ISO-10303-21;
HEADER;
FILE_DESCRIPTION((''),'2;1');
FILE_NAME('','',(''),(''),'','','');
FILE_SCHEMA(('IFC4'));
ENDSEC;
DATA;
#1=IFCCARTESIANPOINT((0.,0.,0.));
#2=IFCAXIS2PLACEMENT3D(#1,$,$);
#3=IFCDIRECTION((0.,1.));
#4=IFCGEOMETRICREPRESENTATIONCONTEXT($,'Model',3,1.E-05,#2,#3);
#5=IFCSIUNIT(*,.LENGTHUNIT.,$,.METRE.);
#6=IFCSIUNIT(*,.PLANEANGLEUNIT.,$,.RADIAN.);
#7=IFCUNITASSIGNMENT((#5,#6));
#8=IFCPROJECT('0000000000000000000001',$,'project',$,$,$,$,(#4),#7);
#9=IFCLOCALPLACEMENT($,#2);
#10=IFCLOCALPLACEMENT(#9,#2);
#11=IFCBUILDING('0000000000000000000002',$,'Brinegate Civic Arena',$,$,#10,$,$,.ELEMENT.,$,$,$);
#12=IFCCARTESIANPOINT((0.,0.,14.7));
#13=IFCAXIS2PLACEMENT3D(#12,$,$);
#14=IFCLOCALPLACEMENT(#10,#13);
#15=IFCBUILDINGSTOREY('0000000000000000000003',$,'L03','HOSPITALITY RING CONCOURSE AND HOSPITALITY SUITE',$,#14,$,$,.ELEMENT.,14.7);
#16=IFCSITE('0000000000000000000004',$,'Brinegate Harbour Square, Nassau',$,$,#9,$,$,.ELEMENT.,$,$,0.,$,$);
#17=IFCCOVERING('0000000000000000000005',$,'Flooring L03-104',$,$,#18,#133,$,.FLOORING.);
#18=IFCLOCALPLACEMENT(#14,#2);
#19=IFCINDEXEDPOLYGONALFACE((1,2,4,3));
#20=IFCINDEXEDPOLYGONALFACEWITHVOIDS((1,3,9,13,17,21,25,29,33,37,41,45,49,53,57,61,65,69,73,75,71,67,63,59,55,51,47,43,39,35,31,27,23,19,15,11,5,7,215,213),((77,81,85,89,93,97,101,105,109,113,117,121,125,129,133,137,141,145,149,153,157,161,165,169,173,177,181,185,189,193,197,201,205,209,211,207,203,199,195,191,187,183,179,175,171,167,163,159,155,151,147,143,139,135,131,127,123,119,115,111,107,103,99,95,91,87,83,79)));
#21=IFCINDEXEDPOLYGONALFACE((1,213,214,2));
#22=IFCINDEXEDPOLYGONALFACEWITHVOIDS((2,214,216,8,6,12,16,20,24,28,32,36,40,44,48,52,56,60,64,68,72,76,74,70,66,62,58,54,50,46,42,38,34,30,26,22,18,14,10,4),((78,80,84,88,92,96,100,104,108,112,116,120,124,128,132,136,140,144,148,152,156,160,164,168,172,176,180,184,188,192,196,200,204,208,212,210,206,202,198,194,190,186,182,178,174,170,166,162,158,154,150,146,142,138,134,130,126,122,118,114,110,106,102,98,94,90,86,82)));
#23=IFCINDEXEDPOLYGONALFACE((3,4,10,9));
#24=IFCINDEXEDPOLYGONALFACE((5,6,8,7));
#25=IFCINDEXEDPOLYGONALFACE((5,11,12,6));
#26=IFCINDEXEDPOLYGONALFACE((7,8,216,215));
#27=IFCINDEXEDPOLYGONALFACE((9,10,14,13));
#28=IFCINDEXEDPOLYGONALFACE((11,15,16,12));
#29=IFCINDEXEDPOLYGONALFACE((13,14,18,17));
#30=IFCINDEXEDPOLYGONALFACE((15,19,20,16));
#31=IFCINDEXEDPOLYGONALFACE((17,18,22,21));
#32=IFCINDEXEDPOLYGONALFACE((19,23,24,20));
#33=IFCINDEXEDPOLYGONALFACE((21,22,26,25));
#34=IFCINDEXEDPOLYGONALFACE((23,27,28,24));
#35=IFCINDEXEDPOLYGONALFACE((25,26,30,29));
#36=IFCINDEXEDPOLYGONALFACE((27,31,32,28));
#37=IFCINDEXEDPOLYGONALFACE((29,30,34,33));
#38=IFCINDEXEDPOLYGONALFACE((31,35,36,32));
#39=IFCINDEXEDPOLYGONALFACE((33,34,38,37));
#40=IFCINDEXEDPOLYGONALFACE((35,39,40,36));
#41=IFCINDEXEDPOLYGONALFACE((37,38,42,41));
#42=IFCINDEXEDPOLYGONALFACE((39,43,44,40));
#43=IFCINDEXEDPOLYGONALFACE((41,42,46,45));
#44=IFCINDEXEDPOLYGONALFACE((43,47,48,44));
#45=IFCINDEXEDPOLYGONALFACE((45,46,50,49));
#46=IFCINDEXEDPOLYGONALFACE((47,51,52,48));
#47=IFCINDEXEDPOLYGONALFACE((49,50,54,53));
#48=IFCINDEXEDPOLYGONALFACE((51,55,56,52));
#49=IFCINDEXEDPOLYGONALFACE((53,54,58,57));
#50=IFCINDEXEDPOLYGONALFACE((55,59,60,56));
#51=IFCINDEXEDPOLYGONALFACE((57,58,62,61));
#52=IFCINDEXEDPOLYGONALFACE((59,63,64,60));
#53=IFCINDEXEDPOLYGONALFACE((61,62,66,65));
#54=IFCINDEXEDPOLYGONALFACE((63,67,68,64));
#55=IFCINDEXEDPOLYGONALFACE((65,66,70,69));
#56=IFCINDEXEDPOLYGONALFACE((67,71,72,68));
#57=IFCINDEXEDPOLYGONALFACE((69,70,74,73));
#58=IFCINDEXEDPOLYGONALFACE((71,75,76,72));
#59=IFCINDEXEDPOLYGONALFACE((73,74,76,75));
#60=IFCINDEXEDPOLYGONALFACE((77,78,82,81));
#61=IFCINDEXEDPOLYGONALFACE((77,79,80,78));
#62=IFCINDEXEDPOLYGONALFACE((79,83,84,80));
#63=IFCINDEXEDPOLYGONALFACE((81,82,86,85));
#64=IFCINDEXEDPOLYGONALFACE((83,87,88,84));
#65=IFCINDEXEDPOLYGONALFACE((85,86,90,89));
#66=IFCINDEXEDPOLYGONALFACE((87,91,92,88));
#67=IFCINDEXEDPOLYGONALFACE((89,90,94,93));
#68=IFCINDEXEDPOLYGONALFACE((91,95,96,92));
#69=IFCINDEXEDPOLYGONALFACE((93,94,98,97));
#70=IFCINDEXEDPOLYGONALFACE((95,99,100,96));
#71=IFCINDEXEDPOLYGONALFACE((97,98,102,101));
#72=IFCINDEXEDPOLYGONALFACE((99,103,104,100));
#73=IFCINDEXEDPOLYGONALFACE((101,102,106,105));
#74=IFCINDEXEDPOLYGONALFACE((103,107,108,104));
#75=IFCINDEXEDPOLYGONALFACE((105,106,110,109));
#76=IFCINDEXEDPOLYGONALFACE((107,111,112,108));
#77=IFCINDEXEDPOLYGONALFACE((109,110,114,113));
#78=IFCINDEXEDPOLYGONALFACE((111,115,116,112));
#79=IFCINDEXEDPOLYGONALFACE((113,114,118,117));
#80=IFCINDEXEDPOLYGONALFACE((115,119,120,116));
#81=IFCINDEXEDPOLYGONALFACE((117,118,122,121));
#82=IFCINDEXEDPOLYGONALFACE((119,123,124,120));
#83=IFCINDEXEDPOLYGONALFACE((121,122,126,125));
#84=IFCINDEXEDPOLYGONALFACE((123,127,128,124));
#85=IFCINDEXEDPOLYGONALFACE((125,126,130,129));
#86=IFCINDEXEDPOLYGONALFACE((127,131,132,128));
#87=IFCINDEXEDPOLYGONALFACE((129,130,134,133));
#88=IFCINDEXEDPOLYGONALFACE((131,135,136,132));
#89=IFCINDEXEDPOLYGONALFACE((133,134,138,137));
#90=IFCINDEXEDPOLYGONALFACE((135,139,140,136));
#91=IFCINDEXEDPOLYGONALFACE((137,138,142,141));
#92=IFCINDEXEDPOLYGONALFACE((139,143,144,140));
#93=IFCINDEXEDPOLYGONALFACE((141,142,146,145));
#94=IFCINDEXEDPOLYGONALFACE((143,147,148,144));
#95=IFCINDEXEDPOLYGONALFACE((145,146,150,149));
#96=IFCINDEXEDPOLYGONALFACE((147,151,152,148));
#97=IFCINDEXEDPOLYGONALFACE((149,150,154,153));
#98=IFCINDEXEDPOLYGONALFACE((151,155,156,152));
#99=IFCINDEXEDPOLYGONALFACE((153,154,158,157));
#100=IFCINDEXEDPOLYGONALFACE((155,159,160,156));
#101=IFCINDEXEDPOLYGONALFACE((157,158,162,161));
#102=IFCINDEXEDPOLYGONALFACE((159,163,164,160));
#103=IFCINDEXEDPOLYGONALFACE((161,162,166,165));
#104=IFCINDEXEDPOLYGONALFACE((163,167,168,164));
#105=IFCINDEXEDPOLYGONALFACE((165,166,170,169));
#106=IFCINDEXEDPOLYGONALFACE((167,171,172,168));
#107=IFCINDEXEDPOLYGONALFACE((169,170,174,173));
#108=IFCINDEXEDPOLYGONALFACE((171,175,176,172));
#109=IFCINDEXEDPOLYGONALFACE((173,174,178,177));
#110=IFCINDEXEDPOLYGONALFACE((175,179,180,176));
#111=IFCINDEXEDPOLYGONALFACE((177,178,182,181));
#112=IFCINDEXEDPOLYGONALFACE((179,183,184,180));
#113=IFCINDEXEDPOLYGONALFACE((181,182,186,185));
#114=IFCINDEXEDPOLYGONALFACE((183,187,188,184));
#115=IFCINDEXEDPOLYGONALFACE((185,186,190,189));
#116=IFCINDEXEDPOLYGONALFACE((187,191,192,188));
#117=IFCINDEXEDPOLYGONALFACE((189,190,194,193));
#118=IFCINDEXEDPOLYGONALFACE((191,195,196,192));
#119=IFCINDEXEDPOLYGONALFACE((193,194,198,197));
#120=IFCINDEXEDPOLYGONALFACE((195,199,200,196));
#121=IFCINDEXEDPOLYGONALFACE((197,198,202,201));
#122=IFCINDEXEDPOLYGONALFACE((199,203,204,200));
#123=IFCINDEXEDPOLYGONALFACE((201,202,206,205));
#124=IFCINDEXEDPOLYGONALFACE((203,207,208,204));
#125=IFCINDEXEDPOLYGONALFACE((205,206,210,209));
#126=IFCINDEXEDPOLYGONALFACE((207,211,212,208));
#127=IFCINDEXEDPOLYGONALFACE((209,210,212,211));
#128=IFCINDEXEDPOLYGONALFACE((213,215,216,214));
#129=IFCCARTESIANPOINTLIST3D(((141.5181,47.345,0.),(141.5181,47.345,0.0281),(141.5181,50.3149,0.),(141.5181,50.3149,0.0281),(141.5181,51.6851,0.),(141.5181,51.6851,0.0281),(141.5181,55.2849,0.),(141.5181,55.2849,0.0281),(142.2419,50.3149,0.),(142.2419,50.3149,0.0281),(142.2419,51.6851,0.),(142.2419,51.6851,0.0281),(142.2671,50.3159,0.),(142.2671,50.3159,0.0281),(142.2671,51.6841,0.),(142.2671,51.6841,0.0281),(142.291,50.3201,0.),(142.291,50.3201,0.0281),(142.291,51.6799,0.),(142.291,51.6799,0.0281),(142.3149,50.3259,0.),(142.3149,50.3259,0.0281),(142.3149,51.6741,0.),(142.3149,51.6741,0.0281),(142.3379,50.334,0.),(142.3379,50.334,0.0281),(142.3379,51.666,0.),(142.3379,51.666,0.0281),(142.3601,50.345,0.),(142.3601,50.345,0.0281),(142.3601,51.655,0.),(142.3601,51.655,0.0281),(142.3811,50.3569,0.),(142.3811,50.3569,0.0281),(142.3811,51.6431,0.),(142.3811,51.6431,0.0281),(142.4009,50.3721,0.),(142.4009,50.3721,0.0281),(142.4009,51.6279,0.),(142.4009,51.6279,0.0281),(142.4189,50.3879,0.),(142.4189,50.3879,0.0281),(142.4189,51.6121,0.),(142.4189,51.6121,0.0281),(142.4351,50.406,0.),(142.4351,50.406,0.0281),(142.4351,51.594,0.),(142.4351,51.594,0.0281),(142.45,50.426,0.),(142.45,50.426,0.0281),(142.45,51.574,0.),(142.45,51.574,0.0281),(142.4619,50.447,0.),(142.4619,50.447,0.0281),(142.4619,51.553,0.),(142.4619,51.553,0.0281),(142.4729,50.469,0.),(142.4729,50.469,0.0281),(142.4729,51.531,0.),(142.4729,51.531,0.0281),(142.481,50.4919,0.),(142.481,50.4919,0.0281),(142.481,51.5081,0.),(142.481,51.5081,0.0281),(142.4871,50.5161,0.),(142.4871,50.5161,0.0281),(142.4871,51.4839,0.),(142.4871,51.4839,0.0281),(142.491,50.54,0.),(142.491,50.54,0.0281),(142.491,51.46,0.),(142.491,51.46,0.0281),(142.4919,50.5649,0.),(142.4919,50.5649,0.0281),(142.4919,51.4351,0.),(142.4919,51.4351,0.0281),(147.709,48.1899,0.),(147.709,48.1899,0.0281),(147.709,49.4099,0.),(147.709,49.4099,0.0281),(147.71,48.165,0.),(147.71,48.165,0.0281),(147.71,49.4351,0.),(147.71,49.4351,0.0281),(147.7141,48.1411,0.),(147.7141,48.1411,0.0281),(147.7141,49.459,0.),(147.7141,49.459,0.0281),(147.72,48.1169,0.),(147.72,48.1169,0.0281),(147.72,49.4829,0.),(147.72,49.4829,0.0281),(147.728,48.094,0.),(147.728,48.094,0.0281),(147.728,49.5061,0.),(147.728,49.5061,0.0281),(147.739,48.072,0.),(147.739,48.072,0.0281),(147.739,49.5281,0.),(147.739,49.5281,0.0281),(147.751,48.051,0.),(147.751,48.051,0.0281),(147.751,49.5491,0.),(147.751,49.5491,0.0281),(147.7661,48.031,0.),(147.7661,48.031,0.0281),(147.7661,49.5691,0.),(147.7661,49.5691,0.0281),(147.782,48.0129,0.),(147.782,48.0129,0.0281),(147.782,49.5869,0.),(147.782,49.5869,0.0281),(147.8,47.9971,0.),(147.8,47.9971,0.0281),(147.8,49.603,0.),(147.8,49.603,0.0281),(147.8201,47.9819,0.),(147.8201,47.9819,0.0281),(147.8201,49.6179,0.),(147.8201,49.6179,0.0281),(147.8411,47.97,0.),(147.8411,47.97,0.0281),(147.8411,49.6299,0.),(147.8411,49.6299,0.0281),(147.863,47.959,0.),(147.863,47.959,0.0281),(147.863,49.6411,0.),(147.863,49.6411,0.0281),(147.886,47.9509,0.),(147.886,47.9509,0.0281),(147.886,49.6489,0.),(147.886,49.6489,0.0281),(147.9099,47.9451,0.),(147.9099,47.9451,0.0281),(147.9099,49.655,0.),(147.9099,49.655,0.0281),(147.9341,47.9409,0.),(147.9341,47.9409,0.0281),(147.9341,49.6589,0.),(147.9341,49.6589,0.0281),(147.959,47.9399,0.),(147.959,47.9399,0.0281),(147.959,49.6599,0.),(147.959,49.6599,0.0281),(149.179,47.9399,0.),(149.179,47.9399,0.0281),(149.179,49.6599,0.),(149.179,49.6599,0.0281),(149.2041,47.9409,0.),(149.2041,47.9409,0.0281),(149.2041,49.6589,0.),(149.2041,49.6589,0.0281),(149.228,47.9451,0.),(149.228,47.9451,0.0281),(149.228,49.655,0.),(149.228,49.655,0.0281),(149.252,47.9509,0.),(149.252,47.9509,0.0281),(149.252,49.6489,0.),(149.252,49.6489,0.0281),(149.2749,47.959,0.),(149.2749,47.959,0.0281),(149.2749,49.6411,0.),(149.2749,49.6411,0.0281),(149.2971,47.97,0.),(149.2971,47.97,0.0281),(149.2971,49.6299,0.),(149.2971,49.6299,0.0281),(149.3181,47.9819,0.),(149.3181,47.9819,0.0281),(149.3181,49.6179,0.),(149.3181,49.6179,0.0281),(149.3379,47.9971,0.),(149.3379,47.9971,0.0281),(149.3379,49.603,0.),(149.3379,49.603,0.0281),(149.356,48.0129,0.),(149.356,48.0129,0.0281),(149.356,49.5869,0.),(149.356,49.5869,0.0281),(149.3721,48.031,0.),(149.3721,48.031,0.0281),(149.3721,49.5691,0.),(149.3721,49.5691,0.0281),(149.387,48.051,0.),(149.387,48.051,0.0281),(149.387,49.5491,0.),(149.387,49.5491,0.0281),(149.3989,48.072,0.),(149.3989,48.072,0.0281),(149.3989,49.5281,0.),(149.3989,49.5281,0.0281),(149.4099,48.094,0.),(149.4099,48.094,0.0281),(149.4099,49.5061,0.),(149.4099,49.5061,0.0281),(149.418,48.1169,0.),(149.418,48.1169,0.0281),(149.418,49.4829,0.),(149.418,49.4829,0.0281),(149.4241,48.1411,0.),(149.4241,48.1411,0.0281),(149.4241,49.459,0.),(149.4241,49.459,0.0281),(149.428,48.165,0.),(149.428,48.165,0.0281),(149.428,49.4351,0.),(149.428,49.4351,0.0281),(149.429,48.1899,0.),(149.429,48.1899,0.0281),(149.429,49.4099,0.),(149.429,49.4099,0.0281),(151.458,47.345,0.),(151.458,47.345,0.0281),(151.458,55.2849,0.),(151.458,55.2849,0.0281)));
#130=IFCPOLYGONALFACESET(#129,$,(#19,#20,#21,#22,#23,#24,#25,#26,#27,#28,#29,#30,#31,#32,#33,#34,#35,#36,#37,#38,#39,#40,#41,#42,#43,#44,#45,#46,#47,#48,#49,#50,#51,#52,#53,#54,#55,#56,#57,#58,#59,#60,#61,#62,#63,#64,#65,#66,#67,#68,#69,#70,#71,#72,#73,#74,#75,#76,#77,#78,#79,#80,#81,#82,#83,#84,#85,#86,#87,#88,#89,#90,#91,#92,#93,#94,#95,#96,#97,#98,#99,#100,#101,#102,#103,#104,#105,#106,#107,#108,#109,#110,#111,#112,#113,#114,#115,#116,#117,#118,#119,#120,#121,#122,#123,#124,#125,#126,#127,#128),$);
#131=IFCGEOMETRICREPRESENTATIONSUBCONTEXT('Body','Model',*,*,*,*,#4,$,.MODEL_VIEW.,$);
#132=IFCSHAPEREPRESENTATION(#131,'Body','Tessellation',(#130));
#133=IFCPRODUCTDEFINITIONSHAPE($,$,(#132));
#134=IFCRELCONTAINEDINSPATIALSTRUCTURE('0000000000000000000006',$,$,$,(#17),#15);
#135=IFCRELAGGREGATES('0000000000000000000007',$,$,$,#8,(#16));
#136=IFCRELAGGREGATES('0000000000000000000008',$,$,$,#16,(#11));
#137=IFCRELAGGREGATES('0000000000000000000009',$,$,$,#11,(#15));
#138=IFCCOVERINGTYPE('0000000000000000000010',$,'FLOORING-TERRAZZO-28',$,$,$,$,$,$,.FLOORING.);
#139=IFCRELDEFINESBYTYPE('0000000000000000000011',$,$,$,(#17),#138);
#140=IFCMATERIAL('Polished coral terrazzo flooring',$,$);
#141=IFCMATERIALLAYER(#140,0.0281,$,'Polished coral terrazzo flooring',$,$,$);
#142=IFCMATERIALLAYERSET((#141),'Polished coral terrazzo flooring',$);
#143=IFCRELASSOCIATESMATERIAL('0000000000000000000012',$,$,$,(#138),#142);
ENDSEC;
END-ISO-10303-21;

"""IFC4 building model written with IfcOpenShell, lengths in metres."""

from ifc_helpers import new_model, si_unit, direction, frame, origin, place, context, subcontext, project, spatial, polyline, outline, extrude, material, layer, layer_set, type_object, element, save


model = new_model("IFC4")

# Units and contexts
model_context = context("Model", 3, precision=1e-05, world=origin(), true_north=direction((0.0, 1.0)))
body_context = subcontext(model_context, "Body", "Model", "MODEL_VIEW")
ifc_project = project(units=[si_unit("LENGTHUNIT", "METRE"), si_unit("PLANEANGLEUNIT", "RADIAN")], contexts=[model_context])

# Site, building, storey
site_placement = place(None, origin())
site = spatial("IfcSite", under=ifc_project, at=site_placement, Name="Brinegate Harbour Square, Nassau", CompositionType="ELEMENT", RefElevation=0.0)
building_placement = place(site_placement, origin())
building = spatial("IfcBuilding", under=site, at=building_placement, Name="Brinegate Civic Arena", CompositionType="ELEMENT")
storey_placement = place(building_placement, frame((0.0, 0.0, 14.7)))
storey = spatial("IfcBuildingStorey", under=building, at=storey_placement, Name="L03", Description="HOSPITALITY RING CONCOURSE AND HOSPITALITY SUITE", CompositionType="ELEMENT", Elevation=14.7)

# Covering
ifc_material_1 = material(Name="Polished coral terrazzo flooring")
ifc_layer_1 = layer(ifc_material_1, 0.0281, Name="Polished coral terrazzo flooring")
ifc_layer_set_1 = layer_set([ifc_layer_1], Name="Polished coral terrazzo flooring")
covering_type_1 = type_object("IfcCoveringType", Name="FLOORING-TERRAZZO-28", PredefinedType="FLOORING", material=ifc_layer_set_1)
covering_1_placement = place(storey_placement, origin())
element("IfcCovering", 1, at=covering_1_placement, inside=storey, type_object=covering_type_1, Name="Flooring L03-104", PredefinedType="FLOORING", context=body_context, shape_type="SweptSolid", body=[
    extrude(outline(polyline([(141.5181, 55.2849), (151.458, 55.2849), (151.458, 47.345), (141.5181, 47.345), (141.5181, 50.3149), (142.2419, 50.3149), (142.2671, 50.3159), (142.291, 50.3201), (142.3149, 50.3259), (142.3379, 50.334), (142.3601, 50.345), (142.3811, 50.3569), (142.4009, 50.3721), (142.4189, 50.3879), (142.4351, 50.406), (142.45, 50.426), (142.4619, 50.447), (142.4729, 50.469), (142.481, 50.4919), (142.4871, 50.5161), (142.491, 50.54), (142.4919, 50.5649), (142.4919, 51.4351), (142.491, 51.46), (142.4871, 51.4839), (142.481, 51.5081), (142.4729, 51.531), (142.4619, 51.553), (142.45, 51.574), (142.4351, 51.594), (142.4189, 51.6121), (142.4009, 51.6279), (142.3811, 51.6431), (142.3601, 51.655), (142.3379, 51.666), (142.3149, 51.6741), (142.291, 51.6799), (142.2671, 51.6841), (142.2419, 51.6851), (141.5181, 51.6851), (141.5181, 55.2849)]), holes=[polyline([(147.959, 49.6599), (147.9341, 49.6589), (147.9099, 49.655), (147.886, 49.6489), (147.863, 49.6411), (147.8411, 49.6299), (147.8201, 49.6179), (147.8, 49.603), (147.782, 49.5869), (147.7661, 49.5691), (147.751, 49.5491), (147.739, 49.5281), (147.728, 49.5061), (147.72, 49.4829), (147.7141, 49.459), (147.71, 49.4351), (147.709, 49.4099), (147.709, 48.1899), (147.71, 48.165), (147.7141, 48.1411), (147.72, 48.1169), (147.728, 48.094), (147.739, 48.072), (147.751, 48.051), (147.7661, 48.031), (147.782, 48.0129), (147.8, 47.9971), (147.8201, 47.9819), (147.8411, 47.97), (147.863, 47.959), (147.886, 47.9509), (147.9099, 47.9451), (147.9341, 47.9409), (147.959, 47.9399), (149.179, 47.9399), (149.2041, 47.9409), (149.228, 47.9451), (149.252, 47.9509), (149.2749, 47.959), (149.2971, 47.97), (149.3181, 47.9819), (149.3379, 47.9971), (149.356, 48.0129), (149.3721, 48.031), (149.387, 48.051), (149.3989, 48.072), (149.4099, 48.094), (149.418, 48.1169), (149.4241, 48.1411), (149.428, 48.165), (149.429, 48.1899), (149.429, 49.4099), (149.428, 49.4351), (149.4241, 49.459), (149.418, 49.4829), (149.4099, 49.5061), (149.3989, 49.5281), (149.387, 49.5491), (149.3721, 49.5691), (149.356, 49.5869), (149.3379, 49.603), (149.3181, 49.6179), (149.2971, 49.6299), (149.2749, 49.6411), (149.252, 49.6489), (149.228, 49.655), (149.2041, 49.6589), (149.179, 49.6599), (147.959, 49.6599)])]), origin(), (0.0, 0.0, 1.0), 0.0281),
])

save(model, "model.ifc")
